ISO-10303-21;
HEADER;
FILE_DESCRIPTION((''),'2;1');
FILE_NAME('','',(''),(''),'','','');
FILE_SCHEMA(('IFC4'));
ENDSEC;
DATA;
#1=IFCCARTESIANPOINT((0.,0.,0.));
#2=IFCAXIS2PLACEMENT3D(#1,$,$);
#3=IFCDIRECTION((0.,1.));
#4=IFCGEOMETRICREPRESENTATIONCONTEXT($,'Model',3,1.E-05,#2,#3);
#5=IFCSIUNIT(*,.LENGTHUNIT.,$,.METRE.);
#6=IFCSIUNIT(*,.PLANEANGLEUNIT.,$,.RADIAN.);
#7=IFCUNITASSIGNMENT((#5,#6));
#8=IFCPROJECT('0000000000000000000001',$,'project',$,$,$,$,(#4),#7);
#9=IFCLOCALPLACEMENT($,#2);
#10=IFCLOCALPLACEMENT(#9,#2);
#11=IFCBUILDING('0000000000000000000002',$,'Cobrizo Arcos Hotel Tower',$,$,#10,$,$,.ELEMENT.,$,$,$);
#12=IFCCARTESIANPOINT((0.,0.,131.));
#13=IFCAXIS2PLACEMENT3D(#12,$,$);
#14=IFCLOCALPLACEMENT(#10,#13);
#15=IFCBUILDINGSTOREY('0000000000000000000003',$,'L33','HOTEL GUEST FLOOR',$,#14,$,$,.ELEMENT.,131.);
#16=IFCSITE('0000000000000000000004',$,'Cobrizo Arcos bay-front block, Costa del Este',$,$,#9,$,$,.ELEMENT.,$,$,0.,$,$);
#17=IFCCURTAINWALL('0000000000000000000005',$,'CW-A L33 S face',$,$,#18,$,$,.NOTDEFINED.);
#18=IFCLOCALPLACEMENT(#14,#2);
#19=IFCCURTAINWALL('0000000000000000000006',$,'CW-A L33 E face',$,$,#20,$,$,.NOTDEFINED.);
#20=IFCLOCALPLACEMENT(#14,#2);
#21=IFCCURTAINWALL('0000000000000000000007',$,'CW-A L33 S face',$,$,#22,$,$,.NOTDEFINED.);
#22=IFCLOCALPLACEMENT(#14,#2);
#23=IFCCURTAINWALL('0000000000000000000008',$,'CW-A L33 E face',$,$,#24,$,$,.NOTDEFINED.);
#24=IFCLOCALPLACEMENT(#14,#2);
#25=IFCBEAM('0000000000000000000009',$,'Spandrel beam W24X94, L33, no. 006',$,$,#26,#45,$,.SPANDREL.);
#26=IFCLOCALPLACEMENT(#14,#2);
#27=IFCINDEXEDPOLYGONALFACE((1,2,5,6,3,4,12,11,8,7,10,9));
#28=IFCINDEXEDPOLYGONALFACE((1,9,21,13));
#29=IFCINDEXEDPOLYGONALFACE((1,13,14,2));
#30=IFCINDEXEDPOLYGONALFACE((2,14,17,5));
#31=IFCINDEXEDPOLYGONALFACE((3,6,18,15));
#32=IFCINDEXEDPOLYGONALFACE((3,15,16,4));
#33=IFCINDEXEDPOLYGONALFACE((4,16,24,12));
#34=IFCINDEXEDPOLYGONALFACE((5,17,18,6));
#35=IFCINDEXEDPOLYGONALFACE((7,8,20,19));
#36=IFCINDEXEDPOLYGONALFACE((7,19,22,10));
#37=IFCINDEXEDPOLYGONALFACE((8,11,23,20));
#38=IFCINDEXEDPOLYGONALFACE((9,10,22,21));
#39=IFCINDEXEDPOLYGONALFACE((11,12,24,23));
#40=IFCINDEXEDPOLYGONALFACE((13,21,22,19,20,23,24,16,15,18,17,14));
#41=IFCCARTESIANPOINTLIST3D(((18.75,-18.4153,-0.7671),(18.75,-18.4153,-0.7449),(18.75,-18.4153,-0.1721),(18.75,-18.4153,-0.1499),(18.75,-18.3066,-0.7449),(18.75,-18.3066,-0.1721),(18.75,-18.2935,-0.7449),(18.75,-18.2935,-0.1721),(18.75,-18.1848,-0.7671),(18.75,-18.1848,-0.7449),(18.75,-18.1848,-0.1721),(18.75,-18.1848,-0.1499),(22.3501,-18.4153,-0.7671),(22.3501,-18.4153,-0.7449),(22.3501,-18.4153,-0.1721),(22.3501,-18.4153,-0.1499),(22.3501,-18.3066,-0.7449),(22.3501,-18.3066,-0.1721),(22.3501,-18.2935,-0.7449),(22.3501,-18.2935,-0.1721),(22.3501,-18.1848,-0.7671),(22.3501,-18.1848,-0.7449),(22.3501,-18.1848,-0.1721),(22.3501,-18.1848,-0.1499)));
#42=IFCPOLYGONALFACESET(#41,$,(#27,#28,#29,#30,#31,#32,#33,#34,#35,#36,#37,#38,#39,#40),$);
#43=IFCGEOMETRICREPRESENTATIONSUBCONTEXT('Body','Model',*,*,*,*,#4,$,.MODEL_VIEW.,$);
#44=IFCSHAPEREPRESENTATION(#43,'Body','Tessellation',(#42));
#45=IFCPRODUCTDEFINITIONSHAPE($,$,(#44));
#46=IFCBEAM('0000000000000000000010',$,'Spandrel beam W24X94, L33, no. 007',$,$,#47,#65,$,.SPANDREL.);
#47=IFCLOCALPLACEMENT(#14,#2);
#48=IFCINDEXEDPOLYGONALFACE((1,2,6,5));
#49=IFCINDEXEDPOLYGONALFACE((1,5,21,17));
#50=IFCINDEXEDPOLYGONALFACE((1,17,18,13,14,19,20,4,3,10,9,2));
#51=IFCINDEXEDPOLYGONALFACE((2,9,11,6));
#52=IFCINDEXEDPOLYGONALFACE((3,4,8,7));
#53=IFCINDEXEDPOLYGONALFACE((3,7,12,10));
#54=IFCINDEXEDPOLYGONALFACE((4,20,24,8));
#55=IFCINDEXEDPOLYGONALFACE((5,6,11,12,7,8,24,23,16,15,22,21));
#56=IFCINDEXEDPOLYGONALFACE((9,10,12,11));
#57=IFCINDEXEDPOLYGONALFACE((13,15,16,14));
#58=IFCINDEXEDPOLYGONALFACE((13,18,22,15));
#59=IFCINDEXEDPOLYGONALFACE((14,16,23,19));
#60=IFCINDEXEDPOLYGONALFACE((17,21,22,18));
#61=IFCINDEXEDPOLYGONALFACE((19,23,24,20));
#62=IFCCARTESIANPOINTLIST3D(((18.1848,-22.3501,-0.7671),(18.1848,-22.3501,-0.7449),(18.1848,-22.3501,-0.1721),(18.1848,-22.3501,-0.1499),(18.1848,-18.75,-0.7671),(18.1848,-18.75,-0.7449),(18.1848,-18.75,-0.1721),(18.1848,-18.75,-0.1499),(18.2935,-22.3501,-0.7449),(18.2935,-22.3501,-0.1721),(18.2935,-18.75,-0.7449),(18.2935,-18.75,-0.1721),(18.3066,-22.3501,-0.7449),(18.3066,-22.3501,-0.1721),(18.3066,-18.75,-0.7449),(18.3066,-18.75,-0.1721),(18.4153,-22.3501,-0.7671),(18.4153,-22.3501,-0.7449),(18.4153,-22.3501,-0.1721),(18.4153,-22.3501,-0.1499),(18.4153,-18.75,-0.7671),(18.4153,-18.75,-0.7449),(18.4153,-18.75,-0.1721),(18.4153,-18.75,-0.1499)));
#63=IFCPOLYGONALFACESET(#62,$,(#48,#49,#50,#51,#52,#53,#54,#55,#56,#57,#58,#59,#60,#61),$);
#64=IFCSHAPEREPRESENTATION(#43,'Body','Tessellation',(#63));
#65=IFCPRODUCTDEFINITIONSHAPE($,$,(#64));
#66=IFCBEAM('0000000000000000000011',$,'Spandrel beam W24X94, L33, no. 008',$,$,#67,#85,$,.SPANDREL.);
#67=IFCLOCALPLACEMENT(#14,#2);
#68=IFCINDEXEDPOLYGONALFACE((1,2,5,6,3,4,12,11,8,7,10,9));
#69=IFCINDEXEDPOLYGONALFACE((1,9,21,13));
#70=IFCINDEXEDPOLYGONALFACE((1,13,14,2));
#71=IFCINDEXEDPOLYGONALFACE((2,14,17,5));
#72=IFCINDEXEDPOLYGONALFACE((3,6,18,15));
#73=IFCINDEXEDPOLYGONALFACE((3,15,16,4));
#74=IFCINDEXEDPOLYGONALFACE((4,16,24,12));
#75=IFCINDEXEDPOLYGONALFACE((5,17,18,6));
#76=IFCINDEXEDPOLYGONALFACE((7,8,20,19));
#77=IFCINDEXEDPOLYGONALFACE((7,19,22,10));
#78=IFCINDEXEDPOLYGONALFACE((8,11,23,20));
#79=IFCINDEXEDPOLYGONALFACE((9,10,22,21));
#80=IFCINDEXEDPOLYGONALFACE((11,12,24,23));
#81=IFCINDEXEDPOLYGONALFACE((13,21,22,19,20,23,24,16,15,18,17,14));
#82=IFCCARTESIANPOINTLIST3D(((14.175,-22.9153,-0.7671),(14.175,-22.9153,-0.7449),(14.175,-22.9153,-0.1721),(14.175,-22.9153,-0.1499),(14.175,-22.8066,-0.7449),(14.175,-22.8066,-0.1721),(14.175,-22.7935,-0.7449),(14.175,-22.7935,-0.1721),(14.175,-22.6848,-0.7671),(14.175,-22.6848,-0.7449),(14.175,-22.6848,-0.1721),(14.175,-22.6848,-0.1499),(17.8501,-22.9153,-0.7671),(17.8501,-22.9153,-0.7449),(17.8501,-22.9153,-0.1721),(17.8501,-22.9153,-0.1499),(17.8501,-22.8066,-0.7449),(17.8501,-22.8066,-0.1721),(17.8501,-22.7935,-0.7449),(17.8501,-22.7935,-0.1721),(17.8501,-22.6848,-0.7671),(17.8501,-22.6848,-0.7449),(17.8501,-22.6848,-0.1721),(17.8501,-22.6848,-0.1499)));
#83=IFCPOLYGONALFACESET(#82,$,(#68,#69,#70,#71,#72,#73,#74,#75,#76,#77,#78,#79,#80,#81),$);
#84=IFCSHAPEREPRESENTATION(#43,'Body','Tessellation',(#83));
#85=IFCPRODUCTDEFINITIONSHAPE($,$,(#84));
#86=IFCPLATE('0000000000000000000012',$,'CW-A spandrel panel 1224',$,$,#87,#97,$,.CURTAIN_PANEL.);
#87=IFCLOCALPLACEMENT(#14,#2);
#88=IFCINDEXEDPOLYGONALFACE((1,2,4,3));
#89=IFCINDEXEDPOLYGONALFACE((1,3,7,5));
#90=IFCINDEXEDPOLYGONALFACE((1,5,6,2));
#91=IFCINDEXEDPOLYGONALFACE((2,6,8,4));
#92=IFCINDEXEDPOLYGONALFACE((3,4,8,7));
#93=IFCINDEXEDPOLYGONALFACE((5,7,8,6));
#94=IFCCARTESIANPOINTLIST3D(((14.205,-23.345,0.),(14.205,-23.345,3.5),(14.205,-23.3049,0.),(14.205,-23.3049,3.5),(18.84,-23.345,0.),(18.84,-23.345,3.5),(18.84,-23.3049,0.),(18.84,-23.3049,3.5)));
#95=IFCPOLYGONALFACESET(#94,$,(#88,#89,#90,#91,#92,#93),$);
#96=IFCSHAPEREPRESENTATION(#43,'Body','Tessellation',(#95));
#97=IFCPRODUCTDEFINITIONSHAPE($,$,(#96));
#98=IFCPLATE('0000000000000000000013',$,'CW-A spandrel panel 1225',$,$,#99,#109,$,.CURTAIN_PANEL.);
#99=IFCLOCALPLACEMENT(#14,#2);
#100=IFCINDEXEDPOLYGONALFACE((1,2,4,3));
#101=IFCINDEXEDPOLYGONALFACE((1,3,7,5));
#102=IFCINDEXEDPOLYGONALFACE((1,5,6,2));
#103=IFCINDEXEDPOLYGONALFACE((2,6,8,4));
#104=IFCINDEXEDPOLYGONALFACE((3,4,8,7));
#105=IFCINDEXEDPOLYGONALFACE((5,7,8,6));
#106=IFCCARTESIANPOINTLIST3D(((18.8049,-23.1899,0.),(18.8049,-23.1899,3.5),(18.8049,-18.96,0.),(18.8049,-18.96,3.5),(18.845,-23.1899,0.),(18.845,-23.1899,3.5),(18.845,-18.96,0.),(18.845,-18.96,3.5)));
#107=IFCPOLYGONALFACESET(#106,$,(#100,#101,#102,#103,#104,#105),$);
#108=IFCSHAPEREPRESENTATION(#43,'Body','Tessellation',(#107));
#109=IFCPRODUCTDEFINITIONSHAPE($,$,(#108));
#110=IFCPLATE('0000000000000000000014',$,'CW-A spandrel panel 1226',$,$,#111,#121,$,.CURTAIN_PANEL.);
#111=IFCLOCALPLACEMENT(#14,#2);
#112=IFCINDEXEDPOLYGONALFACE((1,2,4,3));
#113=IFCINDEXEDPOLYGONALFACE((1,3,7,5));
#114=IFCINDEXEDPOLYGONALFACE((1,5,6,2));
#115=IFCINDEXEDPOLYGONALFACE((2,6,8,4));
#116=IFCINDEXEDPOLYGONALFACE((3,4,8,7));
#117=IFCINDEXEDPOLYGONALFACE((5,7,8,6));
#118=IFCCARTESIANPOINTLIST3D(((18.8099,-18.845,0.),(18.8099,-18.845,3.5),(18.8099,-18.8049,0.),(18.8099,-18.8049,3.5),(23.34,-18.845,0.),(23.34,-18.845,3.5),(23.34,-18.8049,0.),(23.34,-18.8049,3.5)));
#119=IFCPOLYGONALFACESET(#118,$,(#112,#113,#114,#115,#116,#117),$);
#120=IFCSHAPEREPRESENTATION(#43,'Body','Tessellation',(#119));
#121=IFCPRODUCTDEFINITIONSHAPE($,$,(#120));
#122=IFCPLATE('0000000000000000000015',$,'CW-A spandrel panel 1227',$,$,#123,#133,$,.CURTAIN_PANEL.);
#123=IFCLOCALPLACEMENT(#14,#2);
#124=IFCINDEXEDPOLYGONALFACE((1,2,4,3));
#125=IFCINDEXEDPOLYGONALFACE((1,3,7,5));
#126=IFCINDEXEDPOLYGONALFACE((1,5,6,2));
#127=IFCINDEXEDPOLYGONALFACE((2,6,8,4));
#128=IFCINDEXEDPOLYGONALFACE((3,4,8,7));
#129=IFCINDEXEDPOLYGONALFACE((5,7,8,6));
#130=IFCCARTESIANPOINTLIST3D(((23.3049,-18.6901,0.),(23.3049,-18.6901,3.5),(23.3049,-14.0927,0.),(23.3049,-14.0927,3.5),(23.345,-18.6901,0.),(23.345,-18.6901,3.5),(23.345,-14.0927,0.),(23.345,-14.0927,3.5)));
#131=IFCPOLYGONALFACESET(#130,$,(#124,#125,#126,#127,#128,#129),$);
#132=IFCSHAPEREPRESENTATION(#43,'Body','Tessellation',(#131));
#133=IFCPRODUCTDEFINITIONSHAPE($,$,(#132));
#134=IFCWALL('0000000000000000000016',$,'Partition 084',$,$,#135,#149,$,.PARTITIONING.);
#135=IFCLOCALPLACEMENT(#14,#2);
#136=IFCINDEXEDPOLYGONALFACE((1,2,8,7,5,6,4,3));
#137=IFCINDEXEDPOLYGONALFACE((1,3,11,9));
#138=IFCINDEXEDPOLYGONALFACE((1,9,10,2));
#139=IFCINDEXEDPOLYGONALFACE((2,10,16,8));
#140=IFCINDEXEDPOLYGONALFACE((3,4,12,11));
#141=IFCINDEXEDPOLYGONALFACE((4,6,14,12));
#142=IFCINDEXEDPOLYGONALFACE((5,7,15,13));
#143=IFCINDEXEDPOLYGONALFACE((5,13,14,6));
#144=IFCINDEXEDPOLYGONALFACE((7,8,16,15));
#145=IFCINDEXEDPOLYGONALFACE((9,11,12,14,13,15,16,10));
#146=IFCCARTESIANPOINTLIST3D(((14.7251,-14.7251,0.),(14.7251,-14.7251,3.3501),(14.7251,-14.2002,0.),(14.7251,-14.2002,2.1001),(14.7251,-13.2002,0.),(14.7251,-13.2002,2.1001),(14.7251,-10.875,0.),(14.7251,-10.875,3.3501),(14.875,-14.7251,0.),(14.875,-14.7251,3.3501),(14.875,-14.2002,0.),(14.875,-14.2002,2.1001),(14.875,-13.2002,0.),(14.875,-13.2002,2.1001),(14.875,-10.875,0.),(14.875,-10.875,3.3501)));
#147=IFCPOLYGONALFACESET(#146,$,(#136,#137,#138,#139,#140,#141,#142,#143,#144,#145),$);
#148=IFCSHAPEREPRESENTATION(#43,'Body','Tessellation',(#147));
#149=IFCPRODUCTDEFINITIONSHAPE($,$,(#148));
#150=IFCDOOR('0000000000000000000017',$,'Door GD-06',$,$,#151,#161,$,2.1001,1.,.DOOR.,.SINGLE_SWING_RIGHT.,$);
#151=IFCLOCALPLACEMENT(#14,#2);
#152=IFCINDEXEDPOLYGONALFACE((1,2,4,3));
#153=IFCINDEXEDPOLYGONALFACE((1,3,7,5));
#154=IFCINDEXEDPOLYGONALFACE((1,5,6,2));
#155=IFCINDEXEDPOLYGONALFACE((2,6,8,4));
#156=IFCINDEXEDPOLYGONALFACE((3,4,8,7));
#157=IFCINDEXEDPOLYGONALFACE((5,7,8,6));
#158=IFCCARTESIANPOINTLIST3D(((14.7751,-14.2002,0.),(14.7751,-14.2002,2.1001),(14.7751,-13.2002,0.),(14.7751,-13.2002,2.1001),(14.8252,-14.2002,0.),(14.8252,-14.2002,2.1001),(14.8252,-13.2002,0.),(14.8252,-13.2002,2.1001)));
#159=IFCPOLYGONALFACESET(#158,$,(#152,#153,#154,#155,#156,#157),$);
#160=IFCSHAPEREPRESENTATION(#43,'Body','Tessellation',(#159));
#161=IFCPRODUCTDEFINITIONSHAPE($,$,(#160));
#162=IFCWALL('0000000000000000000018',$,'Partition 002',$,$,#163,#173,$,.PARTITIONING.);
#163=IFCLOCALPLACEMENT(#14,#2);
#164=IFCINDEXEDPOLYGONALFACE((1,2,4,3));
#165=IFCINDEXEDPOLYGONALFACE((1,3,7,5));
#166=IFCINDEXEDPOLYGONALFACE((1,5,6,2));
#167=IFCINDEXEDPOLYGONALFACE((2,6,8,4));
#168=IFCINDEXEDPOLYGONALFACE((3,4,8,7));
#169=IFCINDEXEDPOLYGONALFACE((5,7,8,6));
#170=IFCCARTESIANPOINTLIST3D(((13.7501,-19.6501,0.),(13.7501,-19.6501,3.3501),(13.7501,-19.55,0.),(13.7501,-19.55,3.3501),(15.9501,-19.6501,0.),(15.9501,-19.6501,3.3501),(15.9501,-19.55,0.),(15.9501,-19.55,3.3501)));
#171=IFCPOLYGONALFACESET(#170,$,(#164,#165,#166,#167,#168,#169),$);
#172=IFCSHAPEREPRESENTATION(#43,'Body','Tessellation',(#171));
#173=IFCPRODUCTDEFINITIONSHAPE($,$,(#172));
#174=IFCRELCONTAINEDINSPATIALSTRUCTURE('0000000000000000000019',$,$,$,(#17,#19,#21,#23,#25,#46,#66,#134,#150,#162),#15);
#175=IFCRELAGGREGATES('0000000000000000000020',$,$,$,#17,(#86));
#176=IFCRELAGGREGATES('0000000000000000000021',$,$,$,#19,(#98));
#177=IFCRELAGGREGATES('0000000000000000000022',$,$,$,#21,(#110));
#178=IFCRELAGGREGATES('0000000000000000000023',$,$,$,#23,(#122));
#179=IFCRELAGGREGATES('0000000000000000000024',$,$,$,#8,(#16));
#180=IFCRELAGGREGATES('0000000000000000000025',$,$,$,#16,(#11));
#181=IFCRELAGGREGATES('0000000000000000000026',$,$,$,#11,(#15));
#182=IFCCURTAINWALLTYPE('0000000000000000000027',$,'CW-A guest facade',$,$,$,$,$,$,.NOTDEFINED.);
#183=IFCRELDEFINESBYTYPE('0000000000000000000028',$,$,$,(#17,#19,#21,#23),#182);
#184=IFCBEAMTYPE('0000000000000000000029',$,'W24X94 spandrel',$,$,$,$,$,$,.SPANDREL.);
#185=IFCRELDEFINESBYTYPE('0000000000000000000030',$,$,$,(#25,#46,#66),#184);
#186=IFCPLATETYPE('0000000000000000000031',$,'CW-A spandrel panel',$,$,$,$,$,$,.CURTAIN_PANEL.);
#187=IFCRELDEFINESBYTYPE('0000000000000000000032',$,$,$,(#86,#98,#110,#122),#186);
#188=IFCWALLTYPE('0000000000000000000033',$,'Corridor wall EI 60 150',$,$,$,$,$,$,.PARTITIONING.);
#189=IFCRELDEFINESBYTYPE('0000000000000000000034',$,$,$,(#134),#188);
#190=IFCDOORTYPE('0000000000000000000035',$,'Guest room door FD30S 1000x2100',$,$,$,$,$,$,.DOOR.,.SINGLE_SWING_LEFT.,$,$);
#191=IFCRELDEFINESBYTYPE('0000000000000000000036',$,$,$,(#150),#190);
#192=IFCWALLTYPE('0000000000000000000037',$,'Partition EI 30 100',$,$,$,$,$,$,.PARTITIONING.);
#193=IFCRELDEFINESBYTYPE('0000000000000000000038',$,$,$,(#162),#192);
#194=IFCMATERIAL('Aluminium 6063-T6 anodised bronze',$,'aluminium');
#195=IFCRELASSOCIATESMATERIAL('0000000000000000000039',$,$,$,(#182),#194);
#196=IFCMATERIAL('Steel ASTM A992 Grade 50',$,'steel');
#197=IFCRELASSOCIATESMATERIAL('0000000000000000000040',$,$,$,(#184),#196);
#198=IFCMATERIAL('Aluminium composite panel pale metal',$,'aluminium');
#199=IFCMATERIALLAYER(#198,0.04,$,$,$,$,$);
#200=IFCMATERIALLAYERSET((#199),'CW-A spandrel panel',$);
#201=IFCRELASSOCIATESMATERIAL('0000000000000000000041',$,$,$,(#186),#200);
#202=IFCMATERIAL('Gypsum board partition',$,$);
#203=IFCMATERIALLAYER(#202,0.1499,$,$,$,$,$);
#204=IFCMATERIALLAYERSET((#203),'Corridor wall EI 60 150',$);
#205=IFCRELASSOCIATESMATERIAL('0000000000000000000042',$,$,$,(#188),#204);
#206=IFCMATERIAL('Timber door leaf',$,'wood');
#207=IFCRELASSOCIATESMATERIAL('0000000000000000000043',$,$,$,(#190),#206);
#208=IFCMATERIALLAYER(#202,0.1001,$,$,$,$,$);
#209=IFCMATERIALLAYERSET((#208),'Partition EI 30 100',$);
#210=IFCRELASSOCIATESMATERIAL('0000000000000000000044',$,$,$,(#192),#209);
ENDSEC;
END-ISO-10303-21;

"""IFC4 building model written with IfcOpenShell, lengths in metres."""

from ifc_helpers import new_model, si_unit, direction, frame, frame_2d, origin, origin_2d, place, context, subcontext, project, spatial, rectangle, i_section, extrude, material, layer, layer_set, material_profile, profile_set, type_object, element, fill, aggregate, save


model = new_model("IFC4")

# Units and contexts
model_context = context("Model", 3, precision=1e-05, world=origin(), true_north=direction((0.0, 1.0)))
body_context = subcontext(model_context, "Body", "Model", "MODEL_VIEW")
ifc_project = project(units=[si_unit("LENGTHUNIT", "METRE"), si_unit("PLANEANGLEUNIT", "RADIAN")], contexts=[model_context])

# Site, building, storey
site_placement = place(None, origin())
site = spatial("IfcSite", under=ifc_project, at=site_placement, Name="Cobrizo Arcos bay-front block, Costa del Este", CompositionType="ELEMENT", RefElevation=0.0)
building_placement = place(site_placement, origin())
building = spatial("IfcBuilding", under=site, at=building_placement, Name="Cobrizo Arcos Hotel Tower", CompositionType="ELEMENT")
storey_placement = place(building_placement, frame((0.0, 0.0, 131.0)))
storey = spatial("IfcBuildingStorey", under=building, at=storey_placement, Name="L33", Description="HOTEL GUEST FLOOR", CompositionType="ELEMENT", Elevation=131.0)

# Curtain walls
ifc_material_1 = material(Name="Aluminium 6063-T6 anodised bronze", Category="aluminium")
curtain_wall_type = type_object("IfcCurtainWallType", Name="CW-A guest facade", PredefinedType="NOTDEFINED", material=ifc_material_1)
curtain_wall_1_placement = place(storey_placement, origin())
curtain_wall_1 = element("IfcCurtainWall", 1, at=curtain_wall_1_placement, inside=storey, type_object=curtain_wall_type, Name="CW-A L33 S face", PredefinedType="NOTDEFINED")
curtain_wall_2_placement = place(storey_placement, origin())
curtain_wall_2 = element("IfcCurtainWall", 2, at=curtain_wall_2_placement, inside=storey, type_object=curtain_wall_type, Name="CW-A L33 E face", PredefinedType="NOTDEFINED")
curtain_wall_3_placement = place(storey_placement, origin())
curtain_wall_3 = element("IfcCurtainWall", 3, at=curtain_wall_3_placement, inside=storey, type_object=curtain_wall_type, Name="CW-A L33 S face", PredefinedType="NOTDEFINED")

# Curtain wall
curtain_wall_4_placement = place(storey_placement, origin())
curtain_wall_4 = element("IfcCurtainWall", 4, at=curtain_wall_4_placement, inside=storey, type_object=curtain_wall_type, Name="CW-A L33 E face", PredefinedType="NOTDEFINED")

# Beams
ifc_material_2 = material(Name="Steel ASTM A992 Grade 50", Category="steel")
ifc_material_profile_1 = material_profile(ifc_material_2, i_section(OverallWidth=0.2305, OverallDepth=0.6172, WebThickness=0.0132, FlangeThickness=0.0222, at=origin_2d()), Name="W24X94")
ifc_profile_set_1 = profile_set([ifc_material_profile_1], Name="Steel ASTM A992 Grade 50")
beam_type_1 = type_object("IfcBeamType", Name="W24X94 spandrel", PredefinedType="SPANDREL", material=ifc_profile_set_1)
for number, where, z_axis, x_axis, name in (
    (5, (22.3501, -18.3, -0.4585), (-1.0, 0.0, 0.0), (0.0, -1.0, 0.0), "Spandrel beam W24X94, L33, no. 006"),
    (6, (18.3, -18.75, -0.4585), (0.0, -1.0, 0.0), (1.0, 0.0, 0.0), "Spandrel beam W24X94, L33, no. 007"),
):
    element("IfcBeam", number, at=place(storey_placement, frame(where, z_axis=z_axis, x_axis=x_axis)), inside=storey, type_object=beam_type_1, Name=name, PredefinedType="SPANDREL", context=body_context, shape_type="SweptSolid", body=[
        extrude(i_section(OverallWidth=0.2305, OverallDepth=0.6172, WebThickness=0.0132, FlangeThickness=0.0222, at=origin_2d()), origin(), (0.0, 0.0, 1.0), 3.6001),
    ])
beam_1_placement = place(storey_placement, frame((17.8501, -22.8, -0.4585), z_axis=(-1.0, 0.0, 0.0), x_axis=(0.0, -1.0, 0.0)))
element("IfcBeam", 7, at=beam_1_placement, inside=storey, type_object=beam_type_1, Name="Spandrel beam W24X94, L33, no. 008", PredefinedType="SPANDREL", context=body_context, shape_type="SweptSolid", body=[
    extrude(i_section(OverallWidth=0.2305, OverallDepth=0.6172, WebThickness=0.0132, FlangeThickness=0.0222, at=origin_2d()), origin(), (0.0, 0.0, 1.0), 3.675),
])

# Plates
ifc_material_3 = material(Name="Aluminium composite panel pale metal", Category="aluminium")
ifc_layer_1 = layer(ifc_material_3, 0.04)
ifc_layer_set_1 = layer_set([ifc_layer_1], Name="CW-A spandrel panel")
plate_type = type_object("IfcPlateType", Name="CW-A spandrel panel", PredefinedType="CURTAIN_PANEL", material=ifc_layer_set_1)
plate_1_placement = place(storey_placement, frame((16.5225, -23.325, 0.0), z_axis=(0.0, 0.0, 1.0), x_axis=(1.0, 0.0, 0.0)))
plate_1 = element("IfcPlate", 8, at=plate_1_placement, type_object=plate_type, Name="CW-A spandrel panel 1224", PredefinedType="CURTAIN_PANEL", context=body_context, shape_type="SweptSolid", body=[
    extrude(rectangle(XDim=4.635, YDim=0.04, at=origin_2d()), origin(), (0.0, 0.0, 1.0), 3.5),
])
aggregate(curtain_wall_1, [plate_1])
plate_2_placement = place(storey_placement, frame((18.825, -21.075, 0.0), z_axis=(0.0, 0.0, 1.0), x_axis=(0.0, 1.0, 0.0)))
plate_2 = element("IfcPlate", 9, at=plate_2_placement, type_object=plate_type, Name="CW-A spandrel panel 1225", PredefinedType="CURTAIN_PANEL", context=body_context, shape_type="SweptSolid", body=[
    extrude(rectangle(XDim=4.23, YDim=0.04, at=origin_2d()), origin(), (0.0, 0.0, 1.0), 3.5),
])
aggregate(curtain_wall_2, [plate_2])
plate_3_placement = place(storey_placement, frame((21.075, -18.825, 0.0), z_axis=(0.0, 0.0, 1.0), x_axis=(1.0, 0.0, 0.0)))
plate_3 = element("IfcPlate", 10, at=plate_3_placement, type_object=plate_type, Name="CW-A spandrel panel 1226", PredefinedType="CURTAIN_PANEL", context=body_context, shape_type="SweptSolid", body=[
    extrude(rectangle(XDim=4.53, YDim=0.04, at=origin_2d()), origin(), (0.0, 0.0, 1.0), 3.5),
])
aggregate(curtain_wall_3, [plate_3])
plate_4_placement = place(storey_placement, frame((23.325, -16.3914, 0.0), z_axis=(0.0, 0.0, 1.0), x_axis=(0.0, 1.0, 0.0)))
plate_4 = element("IfcPlate", 11, at=plate_4_placement, type_object=plate_type, Name="CW-A spandrel panel 1227", PredefinedType="CURTAIN_PANEL", context=body_context, shape_type="SweptSolid", body=[
    extrude(rectangle(XDim=4.5974, YDim=0.04, at=origin_2d()), origin(), (0.0, 0.0, 1.0), 3.5),
])
aggregate(curtain_wall_4, [plate_4])

# Wall, opening, door
ifc_material_4 = material(Name="Gypsum board partition")
ifc_layer_2 = layer(ifc_material_4, 0.1499)
ifc_layer_set_2 = layer_set([ifc_layer_2], Name="Corridor wall EI 60 150")
wall_type_1 = type_object("IfcWallType", Name="Corridor wall EI 60 150", PredefinedType="PARTITIONING", material=ifc_layer_set_2)
wall_1_placement = place(storey_placement, frame((14.8, -14.7251, 0.0), z_axis=(0.0, 0.0, 1.0), x_axis=(0.0, 1.0, 0.0)))
wall_1 = element("IfcWall", 12, at=wall_1_placement, inside=storey, type_object=wall_type_1, Name="Partition 084", PredefinedType="PARTITIONING", context=body_context, shape_type="SweptSolid", body=[
    extrude(rectangle(XDim=3.8501, YDim=0.1499, at=frame_2d((1.925, 0.0))), origin(), (0.0, 0.0, 1.0), 3.3501),
])
opening_1_placement = place(wall_1_placement, frame((0.5249, 0.0, 0.0)))
opening_1 = element("IfcOpeningElement", 13, at=opening_1_placement, cuts=wall_1, PredefinedType="OPENING", context=body_context, shape_type="SweptSolid", body=[
    extrude(rectangle(XDim=1.0, YDim=2.1001, at=frame_2d((0.5, 1.05))), frame((0.0, 0.0869, 0.0), z_axis=(0.0, -1.0, 0.0), x_axis=(1.0, 0.0, 0.0)), (0.0, 0.0, 1.0), 0.1738),
])
ifc_material_5 = material(Name="Timber door leaf", Category="wood")
door_type_1 = type_object("IfcDoorType", Name="Guest room door FD30S 1000x2100", OperationType="SINGLE_SWING_LEFT", PredefinedType="DOOR", material=ifc_material_5)
door_1_placement = place(opening_1_placement, origin())
door_1 = element("IfcDoor", 14, at=door_1_placement, inside=storey, type_object=door_type_1, Name="Door GD-06", OperationType="SINGLE_SWING_RIGHT", OverallHeight=2.1001, OverallWidth=1.0, PredefinedType="DOOR", context=body_context, shape_type="SweptSolid", body=[
    extrude(rectangle(XDim=1.0, YDim=2.1001, at=frame_2d((0.5, 1.05))), frame((0.0, 0.0249, 0.0), z_axis=(0.0, -1.0, 0.0), x_axis=(1.0, 0.0, 0.0)), (0.0, 0.0, 1.0), 0.05),
])
fill(opening_1, door_1)

# Wall
ifc_layer_3 = layer(ifc_material_4, 0.1001)
ifc_layer_set_3 = layer_set([ifc_layer_3], Name="Partition EI 30 100")
wall_type_2 = type_object("IfcWallType", Name="Partition EI 30 100", PredefinedType="PARTITIONING", material=ifc_layer_set_3)
wall_2_placement = place(storey_placement, frame((13.75, -19.6001, 0.0), z_axis=(0.0, 0.0, 1.0), x_axis=(1.0, 0.0, 0.0)))
element("IfcWall", 15, at=wall_2_placement, inside=storey, type_object=wall_type_2, Name="Partition 002", PredefinedType="PARTITIONING", context=body_context, shape_type="SweptSolid", body=[
    extrude(rectangle(XDim=2.2, YDim=0.1001, at=frame_2d((1.1001, 0.0))), origin(), (0.0, 0.0, 1.0), 3.3501),
])

save(model, "model.ifc")
